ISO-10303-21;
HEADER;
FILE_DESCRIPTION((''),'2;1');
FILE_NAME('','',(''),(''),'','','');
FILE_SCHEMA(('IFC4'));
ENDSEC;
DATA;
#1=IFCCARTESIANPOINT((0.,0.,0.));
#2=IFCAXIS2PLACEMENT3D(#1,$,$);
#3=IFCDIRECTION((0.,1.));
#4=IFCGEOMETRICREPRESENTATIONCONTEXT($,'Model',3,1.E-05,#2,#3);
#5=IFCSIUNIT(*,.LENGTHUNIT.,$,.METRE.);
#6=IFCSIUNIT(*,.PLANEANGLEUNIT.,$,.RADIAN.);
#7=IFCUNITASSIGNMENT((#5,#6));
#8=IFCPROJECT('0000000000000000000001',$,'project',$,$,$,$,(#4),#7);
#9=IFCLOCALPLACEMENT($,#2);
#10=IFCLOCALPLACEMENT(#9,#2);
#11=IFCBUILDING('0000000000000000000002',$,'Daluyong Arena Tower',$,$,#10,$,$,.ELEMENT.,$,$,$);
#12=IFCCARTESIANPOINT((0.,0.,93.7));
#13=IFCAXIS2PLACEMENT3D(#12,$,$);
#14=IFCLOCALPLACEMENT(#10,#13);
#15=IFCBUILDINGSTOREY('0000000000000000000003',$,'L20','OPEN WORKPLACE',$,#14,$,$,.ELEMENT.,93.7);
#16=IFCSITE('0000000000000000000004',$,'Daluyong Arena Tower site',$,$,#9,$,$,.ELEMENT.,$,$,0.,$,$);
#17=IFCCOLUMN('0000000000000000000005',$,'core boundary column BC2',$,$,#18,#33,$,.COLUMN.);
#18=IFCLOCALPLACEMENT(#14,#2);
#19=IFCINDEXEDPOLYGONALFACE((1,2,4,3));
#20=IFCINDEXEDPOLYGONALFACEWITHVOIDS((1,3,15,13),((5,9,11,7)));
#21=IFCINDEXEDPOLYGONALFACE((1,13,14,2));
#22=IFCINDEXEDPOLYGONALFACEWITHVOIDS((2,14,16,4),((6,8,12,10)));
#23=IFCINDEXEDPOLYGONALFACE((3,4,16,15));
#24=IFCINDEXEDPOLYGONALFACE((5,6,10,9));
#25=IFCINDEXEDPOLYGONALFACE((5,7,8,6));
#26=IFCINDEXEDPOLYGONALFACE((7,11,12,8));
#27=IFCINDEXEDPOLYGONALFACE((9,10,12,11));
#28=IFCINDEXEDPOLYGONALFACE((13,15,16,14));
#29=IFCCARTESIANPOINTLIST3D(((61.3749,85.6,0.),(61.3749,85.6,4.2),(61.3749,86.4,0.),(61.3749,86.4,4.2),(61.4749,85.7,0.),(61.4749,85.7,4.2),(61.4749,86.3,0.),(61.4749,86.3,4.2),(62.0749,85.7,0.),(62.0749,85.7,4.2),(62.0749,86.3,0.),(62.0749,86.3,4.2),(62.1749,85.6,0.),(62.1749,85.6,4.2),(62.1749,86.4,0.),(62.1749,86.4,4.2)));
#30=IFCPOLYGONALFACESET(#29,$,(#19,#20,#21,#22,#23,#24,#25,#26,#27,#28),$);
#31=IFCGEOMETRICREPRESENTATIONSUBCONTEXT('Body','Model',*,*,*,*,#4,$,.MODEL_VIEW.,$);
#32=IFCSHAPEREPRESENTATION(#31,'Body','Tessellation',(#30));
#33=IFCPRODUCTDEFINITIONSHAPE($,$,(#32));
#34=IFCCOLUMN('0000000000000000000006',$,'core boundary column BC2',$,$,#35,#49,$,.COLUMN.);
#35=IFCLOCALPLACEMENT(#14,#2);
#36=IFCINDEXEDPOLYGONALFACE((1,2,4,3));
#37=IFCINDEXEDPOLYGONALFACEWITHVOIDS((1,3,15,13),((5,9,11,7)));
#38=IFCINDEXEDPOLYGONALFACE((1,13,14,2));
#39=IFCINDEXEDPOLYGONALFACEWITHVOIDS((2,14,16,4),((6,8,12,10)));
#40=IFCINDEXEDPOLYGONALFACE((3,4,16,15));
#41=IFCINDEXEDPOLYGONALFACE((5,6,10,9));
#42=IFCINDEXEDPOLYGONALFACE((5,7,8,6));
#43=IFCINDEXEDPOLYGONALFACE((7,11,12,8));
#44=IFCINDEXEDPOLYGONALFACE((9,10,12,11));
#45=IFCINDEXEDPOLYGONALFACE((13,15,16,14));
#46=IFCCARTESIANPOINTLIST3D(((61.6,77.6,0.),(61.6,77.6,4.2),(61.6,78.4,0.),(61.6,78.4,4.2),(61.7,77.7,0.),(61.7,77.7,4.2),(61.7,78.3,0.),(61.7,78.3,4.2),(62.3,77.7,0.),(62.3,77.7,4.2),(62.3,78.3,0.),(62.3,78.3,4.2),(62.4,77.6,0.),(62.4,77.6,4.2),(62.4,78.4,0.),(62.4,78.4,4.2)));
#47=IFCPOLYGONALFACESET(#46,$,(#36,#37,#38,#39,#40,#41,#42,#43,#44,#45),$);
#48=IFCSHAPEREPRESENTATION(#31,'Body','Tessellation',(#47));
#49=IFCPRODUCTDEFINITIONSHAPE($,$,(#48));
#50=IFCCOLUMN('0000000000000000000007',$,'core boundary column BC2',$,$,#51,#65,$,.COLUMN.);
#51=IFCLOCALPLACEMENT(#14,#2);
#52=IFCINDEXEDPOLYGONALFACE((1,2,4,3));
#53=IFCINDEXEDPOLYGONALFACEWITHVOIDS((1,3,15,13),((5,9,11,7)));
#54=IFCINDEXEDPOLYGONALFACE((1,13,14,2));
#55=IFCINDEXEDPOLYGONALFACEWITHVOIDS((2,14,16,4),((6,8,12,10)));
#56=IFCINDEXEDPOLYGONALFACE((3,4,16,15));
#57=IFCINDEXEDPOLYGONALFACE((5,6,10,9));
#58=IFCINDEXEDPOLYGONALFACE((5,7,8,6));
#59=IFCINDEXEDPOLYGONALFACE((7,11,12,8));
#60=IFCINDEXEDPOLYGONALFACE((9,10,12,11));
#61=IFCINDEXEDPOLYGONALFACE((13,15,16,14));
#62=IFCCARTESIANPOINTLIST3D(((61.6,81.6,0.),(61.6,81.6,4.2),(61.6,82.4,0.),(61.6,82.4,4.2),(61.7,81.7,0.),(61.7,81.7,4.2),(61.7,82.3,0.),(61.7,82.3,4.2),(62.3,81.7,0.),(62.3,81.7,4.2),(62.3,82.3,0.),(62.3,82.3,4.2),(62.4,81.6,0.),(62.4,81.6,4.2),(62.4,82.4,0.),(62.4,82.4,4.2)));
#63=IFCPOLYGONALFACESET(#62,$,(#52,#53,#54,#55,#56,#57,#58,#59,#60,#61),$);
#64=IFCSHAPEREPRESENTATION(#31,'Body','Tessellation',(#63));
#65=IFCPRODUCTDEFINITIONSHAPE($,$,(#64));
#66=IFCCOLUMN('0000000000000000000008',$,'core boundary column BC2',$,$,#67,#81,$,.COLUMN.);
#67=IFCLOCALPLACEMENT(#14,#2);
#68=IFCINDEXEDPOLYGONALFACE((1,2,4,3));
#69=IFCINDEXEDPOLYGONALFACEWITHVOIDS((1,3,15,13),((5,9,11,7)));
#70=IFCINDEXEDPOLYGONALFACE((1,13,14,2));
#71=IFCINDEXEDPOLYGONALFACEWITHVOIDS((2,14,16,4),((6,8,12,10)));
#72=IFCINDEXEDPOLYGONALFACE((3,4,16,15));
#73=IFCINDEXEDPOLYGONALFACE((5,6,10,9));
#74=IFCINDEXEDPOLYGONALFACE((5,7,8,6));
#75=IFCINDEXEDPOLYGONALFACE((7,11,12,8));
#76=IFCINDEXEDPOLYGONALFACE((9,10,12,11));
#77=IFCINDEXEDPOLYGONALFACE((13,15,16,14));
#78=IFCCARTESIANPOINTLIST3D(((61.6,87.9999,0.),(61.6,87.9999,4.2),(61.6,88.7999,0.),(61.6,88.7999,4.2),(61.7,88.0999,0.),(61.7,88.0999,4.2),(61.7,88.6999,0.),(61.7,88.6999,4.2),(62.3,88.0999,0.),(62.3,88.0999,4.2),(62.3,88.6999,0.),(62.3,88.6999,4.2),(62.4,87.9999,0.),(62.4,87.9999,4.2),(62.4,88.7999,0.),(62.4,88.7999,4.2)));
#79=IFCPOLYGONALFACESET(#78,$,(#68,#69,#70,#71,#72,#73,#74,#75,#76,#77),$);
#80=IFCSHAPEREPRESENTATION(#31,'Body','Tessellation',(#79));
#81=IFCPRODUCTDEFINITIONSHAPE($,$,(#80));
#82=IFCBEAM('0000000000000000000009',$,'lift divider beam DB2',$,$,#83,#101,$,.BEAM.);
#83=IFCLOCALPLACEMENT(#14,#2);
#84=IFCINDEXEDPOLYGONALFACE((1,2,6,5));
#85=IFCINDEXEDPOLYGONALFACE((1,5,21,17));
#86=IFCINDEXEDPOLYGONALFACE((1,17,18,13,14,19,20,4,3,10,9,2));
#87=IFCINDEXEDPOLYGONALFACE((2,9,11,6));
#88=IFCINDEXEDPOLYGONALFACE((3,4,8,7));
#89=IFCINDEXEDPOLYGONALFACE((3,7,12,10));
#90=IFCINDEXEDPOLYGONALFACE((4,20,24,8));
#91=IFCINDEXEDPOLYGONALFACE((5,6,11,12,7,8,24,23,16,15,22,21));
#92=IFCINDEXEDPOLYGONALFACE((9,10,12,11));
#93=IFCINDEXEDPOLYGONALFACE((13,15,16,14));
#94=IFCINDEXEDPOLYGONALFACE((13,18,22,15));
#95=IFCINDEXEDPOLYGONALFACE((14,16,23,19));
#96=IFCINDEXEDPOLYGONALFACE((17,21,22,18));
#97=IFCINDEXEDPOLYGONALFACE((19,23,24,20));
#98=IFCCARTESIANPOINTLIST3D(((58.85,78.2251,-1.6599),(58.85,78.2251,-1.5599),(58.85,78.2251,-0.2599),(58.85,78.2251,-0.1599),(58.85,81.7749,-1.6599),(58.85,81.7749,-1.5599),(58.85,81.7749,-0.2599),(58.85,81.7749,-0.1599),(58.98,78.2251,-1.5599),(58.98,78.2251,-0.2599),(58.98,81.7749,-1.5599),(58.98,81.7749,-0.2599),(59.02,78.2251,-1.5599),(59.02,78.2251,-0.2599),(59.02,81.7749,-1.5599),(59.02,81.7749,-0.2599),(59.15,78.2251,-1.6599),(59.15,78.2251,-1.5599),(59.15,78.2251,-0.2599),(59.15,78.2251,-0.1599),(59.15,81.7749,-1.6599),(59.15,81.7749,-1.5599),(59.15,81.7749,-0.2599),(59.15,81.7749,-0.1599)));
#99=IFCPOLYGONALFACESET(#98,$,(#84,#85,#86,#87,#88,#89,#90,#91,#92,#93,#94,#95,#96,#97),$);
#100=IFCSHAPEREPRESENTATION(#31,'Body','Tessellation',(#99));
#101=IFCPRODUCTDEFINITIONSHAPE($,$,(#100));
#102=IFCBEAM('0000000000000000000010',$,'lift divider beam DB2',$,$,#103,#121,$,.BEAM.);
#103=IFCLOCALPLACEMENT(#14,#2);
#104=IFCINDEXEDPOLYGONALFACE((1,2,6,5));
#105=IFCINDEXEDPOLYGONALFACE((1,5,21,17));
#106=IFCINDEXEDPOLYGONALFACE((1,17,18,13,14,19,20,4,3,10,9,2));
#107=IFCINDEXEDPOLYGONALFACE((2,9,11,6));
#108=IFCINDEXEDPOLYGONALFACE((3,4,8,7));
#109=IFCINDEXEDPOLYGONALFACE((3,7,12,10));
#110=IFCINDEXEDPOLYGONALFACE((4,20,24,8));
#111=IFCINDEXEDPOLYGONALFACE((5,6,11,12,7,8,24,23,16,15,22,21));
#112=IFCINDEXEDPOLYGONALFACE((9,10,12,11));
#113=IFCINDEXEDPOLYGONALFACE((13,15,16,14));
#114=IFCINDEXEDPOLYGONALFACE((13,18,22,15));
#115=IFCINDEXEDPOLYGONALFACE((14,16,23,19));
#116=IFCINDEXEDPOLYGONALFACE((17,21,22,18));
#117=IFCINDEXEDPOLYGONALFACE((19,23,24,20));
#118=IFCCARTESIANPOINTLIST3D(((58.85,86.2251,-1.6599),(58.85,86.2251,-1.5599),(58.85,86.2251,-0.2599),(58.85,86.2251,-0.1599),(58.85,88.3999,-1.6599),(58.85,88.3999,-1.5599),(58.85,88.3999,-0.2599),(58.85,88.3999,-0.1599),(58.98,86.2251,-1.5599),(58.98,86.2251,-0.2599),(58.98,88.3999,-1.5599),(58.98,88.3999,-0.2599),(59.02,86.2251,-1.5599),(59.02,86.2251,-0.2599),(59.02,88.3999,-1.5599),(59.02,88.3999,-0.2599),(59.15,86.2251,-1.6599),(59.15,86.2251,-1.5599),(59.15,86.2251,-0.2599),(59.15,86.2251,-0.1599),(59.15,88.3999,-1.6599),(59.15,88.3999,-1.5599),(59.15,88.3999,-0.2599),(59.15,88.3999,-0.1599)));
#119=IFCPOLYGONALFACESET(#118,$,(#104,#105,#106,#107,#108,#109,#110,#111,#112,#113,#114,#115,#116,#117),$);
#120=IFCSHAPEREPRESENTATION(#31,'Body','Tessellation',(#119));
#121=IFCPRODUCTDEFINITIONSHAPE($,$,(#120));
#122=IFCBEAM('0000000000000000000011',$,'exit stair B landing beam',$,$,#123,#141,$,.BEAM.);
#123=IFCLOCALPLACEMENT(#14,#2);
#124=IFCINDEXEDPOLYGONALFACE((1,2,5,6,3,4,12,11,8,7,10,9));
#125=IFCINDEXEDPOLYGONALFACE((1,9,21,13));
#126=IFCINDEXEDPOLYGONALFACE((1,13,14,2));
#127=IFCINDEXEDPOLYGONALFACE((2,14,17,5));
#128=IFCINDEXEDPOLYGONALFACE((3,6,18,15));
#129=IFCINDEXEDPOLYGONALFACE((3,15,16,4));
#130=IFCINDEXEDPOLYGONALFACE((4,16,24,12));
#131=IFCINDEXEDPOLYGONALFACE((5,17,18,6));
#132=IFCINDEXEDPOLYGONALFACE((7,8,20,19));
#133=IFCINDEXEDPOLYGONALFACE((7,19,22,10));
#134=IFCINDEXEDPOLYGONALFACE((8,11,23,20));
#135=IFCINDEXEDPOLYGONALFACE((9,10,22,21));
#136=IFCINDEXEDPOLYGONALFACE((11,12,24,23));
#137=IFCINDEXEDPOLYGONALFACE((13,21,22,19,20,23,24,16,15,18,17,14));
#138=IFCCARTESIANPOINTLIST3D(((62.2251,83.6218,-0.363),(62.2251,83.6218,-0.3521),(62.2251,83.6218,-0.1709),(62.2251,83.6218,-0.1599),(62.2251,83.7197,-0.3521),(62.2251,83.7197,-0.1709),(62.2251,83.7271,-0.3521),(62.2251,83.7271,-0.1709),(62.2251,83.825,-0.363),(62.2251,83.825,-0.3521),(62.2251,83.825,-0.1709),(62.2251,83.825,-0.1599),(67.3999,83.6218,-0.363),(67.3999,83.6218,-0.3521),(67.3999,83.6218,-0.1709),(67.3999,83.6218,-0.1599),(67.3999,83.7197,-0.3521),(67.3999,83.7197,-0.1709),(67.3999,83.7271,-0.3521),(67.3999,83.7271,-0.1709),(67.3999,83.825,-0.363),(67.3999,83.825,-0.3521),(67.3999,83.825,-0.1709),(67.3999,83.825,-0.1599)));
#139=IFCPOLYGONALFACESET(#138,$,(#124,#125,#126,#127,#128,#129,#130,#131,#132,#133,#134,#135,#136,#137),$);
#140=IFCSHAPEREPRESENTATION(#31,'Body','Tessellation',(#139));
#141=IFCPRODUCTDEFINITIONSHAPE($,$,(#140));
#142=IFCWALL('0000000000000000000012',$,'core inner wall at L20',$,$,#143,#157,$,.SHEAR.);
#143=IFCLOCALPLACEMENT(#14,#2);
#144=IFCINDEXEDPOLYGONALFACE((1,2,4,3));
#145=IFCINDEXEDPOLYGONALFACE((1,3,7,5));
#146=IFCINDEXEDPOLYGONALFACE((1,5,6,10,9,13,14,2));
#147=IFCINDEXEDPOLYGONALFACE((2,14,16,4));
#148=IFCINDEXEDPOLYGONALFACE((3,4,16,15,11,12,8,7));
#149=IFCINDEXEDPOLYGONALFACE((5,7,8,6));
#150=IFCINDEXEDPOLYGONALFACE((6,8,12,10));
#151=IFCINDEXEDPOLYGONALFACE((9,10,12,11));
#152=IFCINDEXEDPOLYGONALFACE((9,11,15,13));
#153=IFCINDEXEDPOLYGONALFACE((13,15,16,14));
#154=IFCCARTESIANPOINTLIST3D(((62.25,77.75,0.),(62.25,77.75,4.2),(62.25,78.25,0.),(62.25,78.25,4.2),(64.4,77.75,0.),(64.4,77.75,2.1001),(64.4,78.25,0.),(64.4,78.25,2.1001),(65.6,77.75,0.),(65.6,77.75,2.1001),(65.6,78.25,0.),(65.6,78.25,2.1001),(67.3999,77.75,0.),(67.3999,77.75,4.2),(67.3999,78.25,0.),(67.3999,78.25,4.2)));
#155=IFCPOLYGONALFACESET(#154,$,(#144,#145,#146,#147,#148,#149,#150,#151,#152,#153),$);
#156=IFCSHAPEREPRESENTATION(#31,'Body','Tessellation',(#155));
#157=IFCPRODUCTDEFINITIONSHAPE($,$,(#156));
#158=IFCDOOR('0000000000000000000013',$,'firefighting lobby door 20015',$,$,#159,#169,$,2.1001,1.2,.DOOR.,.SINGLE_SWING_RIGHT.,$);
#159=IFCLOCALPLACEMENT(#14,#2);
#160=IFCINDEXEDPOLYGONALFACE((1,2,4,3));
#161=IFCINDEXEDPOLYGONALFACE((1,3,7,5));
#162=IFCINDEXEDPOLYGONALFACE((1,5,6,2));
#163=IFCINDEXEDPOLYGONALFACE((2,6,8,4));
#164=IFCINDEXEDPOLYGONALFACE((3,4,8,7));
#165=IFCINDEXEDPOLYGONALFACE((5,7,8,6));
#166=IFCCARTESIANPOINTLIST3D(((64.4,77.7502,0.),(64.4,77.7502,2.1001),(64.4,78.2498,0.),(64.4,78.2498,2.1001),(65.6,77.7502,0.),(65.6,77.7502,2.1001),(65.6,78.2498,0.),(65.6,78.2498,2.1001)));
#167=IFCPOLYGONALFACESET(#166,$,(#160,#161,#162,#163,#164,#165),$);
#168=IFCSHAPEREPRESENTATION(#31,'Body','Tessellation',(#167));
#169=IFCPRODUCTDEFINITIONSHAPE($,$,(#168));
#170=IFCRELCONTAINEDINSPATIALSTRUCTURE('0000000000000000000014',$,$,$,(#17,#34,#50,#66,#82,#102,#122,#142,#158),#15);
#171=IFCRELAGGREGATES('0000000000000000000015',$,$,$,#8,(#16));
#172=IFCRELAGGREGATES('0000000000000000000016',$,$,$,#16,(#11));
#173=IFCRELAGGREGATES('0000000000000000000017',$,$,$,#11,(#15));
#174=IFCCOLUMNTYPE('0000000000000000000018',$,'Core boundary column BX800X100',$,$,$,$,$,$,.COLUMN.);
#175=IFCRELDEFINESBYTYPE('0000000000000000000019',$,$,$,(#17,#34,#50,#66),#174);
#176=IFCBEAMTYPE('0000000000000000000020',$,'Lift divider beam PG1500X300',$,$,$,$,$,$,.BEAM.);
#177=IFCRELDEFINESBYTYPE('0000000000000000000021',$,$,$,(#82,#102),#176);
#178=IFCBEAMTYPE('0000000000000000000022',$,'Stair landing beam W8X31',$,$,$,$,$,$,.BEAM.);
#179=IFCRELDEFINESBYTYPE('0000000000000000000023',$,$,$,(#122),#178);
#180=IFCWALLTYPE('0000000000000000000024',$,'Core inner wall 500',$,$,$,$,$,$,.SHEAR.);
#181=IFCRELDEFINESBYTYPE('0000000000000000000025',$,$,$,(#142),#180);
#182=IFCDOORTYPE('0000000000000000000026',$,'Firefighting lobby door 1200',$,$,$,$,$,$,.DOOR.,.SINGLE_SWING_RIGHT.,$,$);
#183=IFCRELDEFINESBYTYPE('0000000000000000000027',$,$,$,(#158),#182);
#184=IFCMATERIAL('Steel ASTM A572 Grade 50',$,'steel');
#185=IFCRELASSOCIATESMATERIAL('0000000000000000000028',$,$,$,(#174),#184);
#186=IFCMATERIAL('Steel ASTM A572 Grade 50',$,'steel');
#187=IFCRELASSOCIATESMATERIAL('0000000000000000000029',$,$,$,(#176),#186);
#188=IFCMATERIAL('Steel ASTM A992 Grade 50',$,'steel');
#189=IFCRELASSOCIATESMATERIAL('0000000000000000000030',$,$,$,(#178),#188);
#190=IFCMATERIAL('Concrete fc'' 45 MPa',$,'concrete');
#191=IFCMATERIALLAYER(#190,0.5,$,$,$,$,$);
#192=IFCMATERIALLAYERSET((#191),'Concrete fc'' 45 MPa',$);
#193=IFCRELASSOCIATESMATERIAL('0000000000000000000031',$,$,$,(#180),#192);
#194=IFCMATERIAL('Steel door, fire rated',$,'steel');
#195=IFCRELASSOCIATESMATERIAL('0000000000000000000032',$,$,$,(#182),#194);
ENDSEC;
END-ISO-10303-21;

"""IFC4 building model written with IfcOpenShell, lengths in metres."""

from ifc_helpers import new_model, si_unit, direction, frame, frame_2d, origin, origin_2d, place, context, subcontext, project, spatial, rectangle, hollow_rectangle, i_section, extrude, material, layer, layer_set, material_profile, profile_set, type_object, element, fill, save


model = new_model("IFC4")

# Units and contexts
model_context = context("Model", 3, precision=1e-05, world=origin(), true_north=direction((0.0, 1.0)))
body_context = subcontext(model_context, "Body", "Model", "MODEL_VIEW")
ifc_project = project(units=[si_unit("LENGTHUNIT", "METRE"), si_unit("PLANEANGLEUNIT", "RADIAN")], contexts=[model_context])

# Site, building, storey
site_placement = place(None, origin())
site = spatial("IfcSite", under=ifc_project, at=site_placement, Name="Daluyong Arena Tower site", CompositionType="ELEMENT", RefElevation=0.0)
building_placement = place(site_placement, origin())
building = spatial("IfcBuilding", under=site, at=building_placement, Name="Daluyong Arena Tower", CompositionType="ELEMENT")
storey_placement = place(building_placement, frame((0.0, 0.0, 93.7)))
storey = spatial("IfcBuildingStorey", under=building, at=storey_placement, Name="L20", Description="OPEN WORKPLACE", CompositionType="ELEMENT", Elevation=93.7)

# Columns
ifc_material_1 = material(Name="Steel ASTM A572 Grade 50", Category="steel")
ifc_material_profile_1 = material_profile(ifc_material_1, hollow_rectangle(XDim=0.8, YDim=0.8, WallThickness=0.1, at=origin_2d()))
ifc_profile_set_1 = profile_set([ifc_material_profile_1], Name="Steel ASTM A572 Grade 50")
column_type = type_object("IfcColumnType", Name="Core boundary column BX800X100", PredefinedType="COLUMN", material=ifc_profile_set_1)
for number, where, z_axis, x_axis, name in (
    (1, (61.7749, 86.0, 0.0), (0.0, 0.0, 1.0), (1.0, 0.0, 0.0), "core boundary column BC2"),
    (2, (62.0, 78.0, 0.0), (0.0, 0.0, 1.0), (1.0, 0.0, 0.0), "core boundary column BC2"),
    (3, (62.0, 82.0, 0.0), (0.0, 0.0, 1.0), (1.0, 0.0, 0.0), "core boundary column BC2"),
    (4, (62.0, 88.3999, 0.0), (0.0, 0.0, 1.0), (1.0, 0.0, 0.0), "core boundary column BC2"),
):
    element("IfcColumn", number, at=place(storey_placement, frame(where, z_axis=z_axis, x_axis=x_axis)), inside=storey, type_object=column_type, Name=name, PredefinedType="COLUMN", context=body_context, shape_type="SweptSolid", body=[
        extrude(hollow_rectangle(XDim=0.8, YDim=0.8, WallThickness=0.1, at=origin_2d()), origin(), (0.0, 0.0, 1.0), 4.2),
    ])

# Beams
ifc_material_2 = material(Name="Steel ASTM A572 Grade 50", Category="steel")
ifc_material_profile_2 = material_profile(ifc_material_2, i_section(OverallWidth=0.3, OverallDepth=1.5, WebThickness=0.04, FlangeThickness=0.1, at=origin_2d()))
ifc_profile_set_2 = profile_set([ifc_material_profile_2], Name="Steel ASTM A572 Grade 50")
beam_type_1 = type_object("IfcBeamType", Name="Lift divider beam PG1500X300", PredefinedType="BEAM", material=ifc_profile_set_2)
beam_1_placement = place(storey_placement, frame((59.0, 78.2251, -0.9099), z_axis=(0.0, 1.0, 0.0), x_axis=(-1.0, 0.0, 0.0)))
element("IfcBeam", 5, at=beam_1_placement, inside=storey, type_object=beam_type_1, Name="lift divider beam DB2", PredefinedType="BEAM", context=body_context, shape_type="SweptSolid", body=[
    extrude(i_section(OverallWidth=0.3, OverallDepth=1.5, WebThickness=0.04, FlangeThickness=0.1, at=origin_2d()), origin(), (0.0, 0.0, 1.0), 3.5498),
])
beam_2_placement = place(storey_placement, frame((59.0, 86.2251, -0.9099), z_axis=(0.0, 1.0, 0.0), x_axis=(-1.0, 0.0, 0.0)))
element("IfcBeam", 6, at=beam_2_placement, inside=storey, type_object=beam_type_1, Name="lift divider beam DB2", PredefinedType="BEAM", context=body_context, shape_type="SweptSolid", body=[
    extrude(i_section(OverallWidth=0.3, OverallDepth=1.5, WebThickness=0.04, FlangeThickness=0.1, at=origin_2d()), origin(), (0.0, 0.0, 1.0), 2.1748),
])
ifc_material_3 = material(Name="Steel ASTM A992 Grade 50", Category="steel")
ifc_material_profile_3 = material_profile(ifc_material_3, i_section(OverallWidth=0.2031, OverallDepth=0.2031, WebThickness=0.0073, FlangeThickness=0.011, at=origin_2d()))
ifc_profile_set_3 = profile_set([ifc_material_profile_3], Name="Steel ASTM A992 Grade 50")
beam_type_2 = type_object("IfcBeamType", Name="Stair landing beam W8X31", PredefinedType="BEAM", material=ifc_profile_set_3)
beam_3_placement = place(storey_placement, frame((62.2251, 83.7234, -0.2615), z_axis=(1.0, 0.0, 0.0), x_axis=(0.0, 1.0, 0.0)))
element("IfcBeam", 7, at=beam_3_placement, inside=storey, type_object=beam_type_2, Name="exit stair B landing beam", PredefinedType="BEAM", context=body_context, shape_type="SweptSolid", body=[
    extrude(i_section(OverallWidth=0.2031, OverallDepth=0.2031, WebThickness=0.0073, FlangeThickness=0.011, at=origin_2d()), origin(), (0.0, 0.0, 1.0), 5.1748),
])

# Wall, opening, door
ifc_material_4 = material(Name="Concrete fc' 45 MPa", Category="concrete")
ifc_layer_1 = layer(ifc_material_4, 0.5)
ifc_layer_set_1 = layer_set([ifc_layer_1], Name="Concrete fc' 45 MPa")
wall_type_1 = type_object("IfcWallType", Name="Core inner wall 500", PredefinedType="SHEAR", material=ifc_layer_set_1)
wall_1_placement = place(storey_placement, frame((62.25, 78.0, 0.0), z_axis=(0.0, 0.0, 1.0), x_axis=(1.0, 0.0, 0.0)))
wall_1 = element("IfcWall", 8, at=wall_1_placement, inside=storey, type_object=wall_type_1, Name="core inner wall at L20", PredefinedType="SHEAR", context=body_context, shape_type="SweptSolid", body=[
    extrude(rectangle(XDim=5.1499, YDim=0.5, at=frame_2d((2.575, 0.0))), origin(), (0.0, 0.0, 1.0), 4.2),
])
opening_1_placement = place(wall_1_placement, frame((2.1499, 0.0, 0.0)))
opening_1 = element("IfcOpeningElement", 9, at=opening_1_placement, cuts=wall_1, PredefinedType="OPENING", context=body_context, shape_type="SweptSolid", body=[
    extrude(rectangle(XDim=1.2, YDim=2.1001, at=frame_2d((0.6001, 1.05))), frame((0.0, 0.26, 0.0), z_axis=(0.0, -1.0, 0.0), x_axis=(1.0, 0.0, 0.0)), (0.0, 0.0, 1.0), 0.52),
])
ifc_material_5 = material(Name="Steel door, fire rated", Category="steel")
door_type_1 = type_object("IfcDoorType", Name="Firefighting lobby door 1200", OperationType="SINGLE_SWING_RIGHT", PredefinedType="DOOR", material=ifc_material_5)
door_1_placement = place(opening_1_placement, origin())
door_1 = element("IfcDoor", 10, at=door_1_placement, inside=storey, type_object=door_type_1, Name="firefighting lobby door 20015", OperationType="SINGLE_SWING_RIGHT", OverallHeight=2.1001, OverallWidth=1.2, PredefinedType="DOOR", context=body_context, shape_type="SweptSolid", body=[
    extrude(rectangle(XDim=1.2, YDim=2.1001, at=frame_2d((0.6001, 1.05))), frame((0.0, 0.2498, 0.0), z_axis=(0.0, -1.0, 0.0), x_axis=(1.0, 0.0, 0.0)), (0.0, 0.0, 1.0), 0.4995),
])
fill(opening_1, door_1)

save(model, "model.ifc")
